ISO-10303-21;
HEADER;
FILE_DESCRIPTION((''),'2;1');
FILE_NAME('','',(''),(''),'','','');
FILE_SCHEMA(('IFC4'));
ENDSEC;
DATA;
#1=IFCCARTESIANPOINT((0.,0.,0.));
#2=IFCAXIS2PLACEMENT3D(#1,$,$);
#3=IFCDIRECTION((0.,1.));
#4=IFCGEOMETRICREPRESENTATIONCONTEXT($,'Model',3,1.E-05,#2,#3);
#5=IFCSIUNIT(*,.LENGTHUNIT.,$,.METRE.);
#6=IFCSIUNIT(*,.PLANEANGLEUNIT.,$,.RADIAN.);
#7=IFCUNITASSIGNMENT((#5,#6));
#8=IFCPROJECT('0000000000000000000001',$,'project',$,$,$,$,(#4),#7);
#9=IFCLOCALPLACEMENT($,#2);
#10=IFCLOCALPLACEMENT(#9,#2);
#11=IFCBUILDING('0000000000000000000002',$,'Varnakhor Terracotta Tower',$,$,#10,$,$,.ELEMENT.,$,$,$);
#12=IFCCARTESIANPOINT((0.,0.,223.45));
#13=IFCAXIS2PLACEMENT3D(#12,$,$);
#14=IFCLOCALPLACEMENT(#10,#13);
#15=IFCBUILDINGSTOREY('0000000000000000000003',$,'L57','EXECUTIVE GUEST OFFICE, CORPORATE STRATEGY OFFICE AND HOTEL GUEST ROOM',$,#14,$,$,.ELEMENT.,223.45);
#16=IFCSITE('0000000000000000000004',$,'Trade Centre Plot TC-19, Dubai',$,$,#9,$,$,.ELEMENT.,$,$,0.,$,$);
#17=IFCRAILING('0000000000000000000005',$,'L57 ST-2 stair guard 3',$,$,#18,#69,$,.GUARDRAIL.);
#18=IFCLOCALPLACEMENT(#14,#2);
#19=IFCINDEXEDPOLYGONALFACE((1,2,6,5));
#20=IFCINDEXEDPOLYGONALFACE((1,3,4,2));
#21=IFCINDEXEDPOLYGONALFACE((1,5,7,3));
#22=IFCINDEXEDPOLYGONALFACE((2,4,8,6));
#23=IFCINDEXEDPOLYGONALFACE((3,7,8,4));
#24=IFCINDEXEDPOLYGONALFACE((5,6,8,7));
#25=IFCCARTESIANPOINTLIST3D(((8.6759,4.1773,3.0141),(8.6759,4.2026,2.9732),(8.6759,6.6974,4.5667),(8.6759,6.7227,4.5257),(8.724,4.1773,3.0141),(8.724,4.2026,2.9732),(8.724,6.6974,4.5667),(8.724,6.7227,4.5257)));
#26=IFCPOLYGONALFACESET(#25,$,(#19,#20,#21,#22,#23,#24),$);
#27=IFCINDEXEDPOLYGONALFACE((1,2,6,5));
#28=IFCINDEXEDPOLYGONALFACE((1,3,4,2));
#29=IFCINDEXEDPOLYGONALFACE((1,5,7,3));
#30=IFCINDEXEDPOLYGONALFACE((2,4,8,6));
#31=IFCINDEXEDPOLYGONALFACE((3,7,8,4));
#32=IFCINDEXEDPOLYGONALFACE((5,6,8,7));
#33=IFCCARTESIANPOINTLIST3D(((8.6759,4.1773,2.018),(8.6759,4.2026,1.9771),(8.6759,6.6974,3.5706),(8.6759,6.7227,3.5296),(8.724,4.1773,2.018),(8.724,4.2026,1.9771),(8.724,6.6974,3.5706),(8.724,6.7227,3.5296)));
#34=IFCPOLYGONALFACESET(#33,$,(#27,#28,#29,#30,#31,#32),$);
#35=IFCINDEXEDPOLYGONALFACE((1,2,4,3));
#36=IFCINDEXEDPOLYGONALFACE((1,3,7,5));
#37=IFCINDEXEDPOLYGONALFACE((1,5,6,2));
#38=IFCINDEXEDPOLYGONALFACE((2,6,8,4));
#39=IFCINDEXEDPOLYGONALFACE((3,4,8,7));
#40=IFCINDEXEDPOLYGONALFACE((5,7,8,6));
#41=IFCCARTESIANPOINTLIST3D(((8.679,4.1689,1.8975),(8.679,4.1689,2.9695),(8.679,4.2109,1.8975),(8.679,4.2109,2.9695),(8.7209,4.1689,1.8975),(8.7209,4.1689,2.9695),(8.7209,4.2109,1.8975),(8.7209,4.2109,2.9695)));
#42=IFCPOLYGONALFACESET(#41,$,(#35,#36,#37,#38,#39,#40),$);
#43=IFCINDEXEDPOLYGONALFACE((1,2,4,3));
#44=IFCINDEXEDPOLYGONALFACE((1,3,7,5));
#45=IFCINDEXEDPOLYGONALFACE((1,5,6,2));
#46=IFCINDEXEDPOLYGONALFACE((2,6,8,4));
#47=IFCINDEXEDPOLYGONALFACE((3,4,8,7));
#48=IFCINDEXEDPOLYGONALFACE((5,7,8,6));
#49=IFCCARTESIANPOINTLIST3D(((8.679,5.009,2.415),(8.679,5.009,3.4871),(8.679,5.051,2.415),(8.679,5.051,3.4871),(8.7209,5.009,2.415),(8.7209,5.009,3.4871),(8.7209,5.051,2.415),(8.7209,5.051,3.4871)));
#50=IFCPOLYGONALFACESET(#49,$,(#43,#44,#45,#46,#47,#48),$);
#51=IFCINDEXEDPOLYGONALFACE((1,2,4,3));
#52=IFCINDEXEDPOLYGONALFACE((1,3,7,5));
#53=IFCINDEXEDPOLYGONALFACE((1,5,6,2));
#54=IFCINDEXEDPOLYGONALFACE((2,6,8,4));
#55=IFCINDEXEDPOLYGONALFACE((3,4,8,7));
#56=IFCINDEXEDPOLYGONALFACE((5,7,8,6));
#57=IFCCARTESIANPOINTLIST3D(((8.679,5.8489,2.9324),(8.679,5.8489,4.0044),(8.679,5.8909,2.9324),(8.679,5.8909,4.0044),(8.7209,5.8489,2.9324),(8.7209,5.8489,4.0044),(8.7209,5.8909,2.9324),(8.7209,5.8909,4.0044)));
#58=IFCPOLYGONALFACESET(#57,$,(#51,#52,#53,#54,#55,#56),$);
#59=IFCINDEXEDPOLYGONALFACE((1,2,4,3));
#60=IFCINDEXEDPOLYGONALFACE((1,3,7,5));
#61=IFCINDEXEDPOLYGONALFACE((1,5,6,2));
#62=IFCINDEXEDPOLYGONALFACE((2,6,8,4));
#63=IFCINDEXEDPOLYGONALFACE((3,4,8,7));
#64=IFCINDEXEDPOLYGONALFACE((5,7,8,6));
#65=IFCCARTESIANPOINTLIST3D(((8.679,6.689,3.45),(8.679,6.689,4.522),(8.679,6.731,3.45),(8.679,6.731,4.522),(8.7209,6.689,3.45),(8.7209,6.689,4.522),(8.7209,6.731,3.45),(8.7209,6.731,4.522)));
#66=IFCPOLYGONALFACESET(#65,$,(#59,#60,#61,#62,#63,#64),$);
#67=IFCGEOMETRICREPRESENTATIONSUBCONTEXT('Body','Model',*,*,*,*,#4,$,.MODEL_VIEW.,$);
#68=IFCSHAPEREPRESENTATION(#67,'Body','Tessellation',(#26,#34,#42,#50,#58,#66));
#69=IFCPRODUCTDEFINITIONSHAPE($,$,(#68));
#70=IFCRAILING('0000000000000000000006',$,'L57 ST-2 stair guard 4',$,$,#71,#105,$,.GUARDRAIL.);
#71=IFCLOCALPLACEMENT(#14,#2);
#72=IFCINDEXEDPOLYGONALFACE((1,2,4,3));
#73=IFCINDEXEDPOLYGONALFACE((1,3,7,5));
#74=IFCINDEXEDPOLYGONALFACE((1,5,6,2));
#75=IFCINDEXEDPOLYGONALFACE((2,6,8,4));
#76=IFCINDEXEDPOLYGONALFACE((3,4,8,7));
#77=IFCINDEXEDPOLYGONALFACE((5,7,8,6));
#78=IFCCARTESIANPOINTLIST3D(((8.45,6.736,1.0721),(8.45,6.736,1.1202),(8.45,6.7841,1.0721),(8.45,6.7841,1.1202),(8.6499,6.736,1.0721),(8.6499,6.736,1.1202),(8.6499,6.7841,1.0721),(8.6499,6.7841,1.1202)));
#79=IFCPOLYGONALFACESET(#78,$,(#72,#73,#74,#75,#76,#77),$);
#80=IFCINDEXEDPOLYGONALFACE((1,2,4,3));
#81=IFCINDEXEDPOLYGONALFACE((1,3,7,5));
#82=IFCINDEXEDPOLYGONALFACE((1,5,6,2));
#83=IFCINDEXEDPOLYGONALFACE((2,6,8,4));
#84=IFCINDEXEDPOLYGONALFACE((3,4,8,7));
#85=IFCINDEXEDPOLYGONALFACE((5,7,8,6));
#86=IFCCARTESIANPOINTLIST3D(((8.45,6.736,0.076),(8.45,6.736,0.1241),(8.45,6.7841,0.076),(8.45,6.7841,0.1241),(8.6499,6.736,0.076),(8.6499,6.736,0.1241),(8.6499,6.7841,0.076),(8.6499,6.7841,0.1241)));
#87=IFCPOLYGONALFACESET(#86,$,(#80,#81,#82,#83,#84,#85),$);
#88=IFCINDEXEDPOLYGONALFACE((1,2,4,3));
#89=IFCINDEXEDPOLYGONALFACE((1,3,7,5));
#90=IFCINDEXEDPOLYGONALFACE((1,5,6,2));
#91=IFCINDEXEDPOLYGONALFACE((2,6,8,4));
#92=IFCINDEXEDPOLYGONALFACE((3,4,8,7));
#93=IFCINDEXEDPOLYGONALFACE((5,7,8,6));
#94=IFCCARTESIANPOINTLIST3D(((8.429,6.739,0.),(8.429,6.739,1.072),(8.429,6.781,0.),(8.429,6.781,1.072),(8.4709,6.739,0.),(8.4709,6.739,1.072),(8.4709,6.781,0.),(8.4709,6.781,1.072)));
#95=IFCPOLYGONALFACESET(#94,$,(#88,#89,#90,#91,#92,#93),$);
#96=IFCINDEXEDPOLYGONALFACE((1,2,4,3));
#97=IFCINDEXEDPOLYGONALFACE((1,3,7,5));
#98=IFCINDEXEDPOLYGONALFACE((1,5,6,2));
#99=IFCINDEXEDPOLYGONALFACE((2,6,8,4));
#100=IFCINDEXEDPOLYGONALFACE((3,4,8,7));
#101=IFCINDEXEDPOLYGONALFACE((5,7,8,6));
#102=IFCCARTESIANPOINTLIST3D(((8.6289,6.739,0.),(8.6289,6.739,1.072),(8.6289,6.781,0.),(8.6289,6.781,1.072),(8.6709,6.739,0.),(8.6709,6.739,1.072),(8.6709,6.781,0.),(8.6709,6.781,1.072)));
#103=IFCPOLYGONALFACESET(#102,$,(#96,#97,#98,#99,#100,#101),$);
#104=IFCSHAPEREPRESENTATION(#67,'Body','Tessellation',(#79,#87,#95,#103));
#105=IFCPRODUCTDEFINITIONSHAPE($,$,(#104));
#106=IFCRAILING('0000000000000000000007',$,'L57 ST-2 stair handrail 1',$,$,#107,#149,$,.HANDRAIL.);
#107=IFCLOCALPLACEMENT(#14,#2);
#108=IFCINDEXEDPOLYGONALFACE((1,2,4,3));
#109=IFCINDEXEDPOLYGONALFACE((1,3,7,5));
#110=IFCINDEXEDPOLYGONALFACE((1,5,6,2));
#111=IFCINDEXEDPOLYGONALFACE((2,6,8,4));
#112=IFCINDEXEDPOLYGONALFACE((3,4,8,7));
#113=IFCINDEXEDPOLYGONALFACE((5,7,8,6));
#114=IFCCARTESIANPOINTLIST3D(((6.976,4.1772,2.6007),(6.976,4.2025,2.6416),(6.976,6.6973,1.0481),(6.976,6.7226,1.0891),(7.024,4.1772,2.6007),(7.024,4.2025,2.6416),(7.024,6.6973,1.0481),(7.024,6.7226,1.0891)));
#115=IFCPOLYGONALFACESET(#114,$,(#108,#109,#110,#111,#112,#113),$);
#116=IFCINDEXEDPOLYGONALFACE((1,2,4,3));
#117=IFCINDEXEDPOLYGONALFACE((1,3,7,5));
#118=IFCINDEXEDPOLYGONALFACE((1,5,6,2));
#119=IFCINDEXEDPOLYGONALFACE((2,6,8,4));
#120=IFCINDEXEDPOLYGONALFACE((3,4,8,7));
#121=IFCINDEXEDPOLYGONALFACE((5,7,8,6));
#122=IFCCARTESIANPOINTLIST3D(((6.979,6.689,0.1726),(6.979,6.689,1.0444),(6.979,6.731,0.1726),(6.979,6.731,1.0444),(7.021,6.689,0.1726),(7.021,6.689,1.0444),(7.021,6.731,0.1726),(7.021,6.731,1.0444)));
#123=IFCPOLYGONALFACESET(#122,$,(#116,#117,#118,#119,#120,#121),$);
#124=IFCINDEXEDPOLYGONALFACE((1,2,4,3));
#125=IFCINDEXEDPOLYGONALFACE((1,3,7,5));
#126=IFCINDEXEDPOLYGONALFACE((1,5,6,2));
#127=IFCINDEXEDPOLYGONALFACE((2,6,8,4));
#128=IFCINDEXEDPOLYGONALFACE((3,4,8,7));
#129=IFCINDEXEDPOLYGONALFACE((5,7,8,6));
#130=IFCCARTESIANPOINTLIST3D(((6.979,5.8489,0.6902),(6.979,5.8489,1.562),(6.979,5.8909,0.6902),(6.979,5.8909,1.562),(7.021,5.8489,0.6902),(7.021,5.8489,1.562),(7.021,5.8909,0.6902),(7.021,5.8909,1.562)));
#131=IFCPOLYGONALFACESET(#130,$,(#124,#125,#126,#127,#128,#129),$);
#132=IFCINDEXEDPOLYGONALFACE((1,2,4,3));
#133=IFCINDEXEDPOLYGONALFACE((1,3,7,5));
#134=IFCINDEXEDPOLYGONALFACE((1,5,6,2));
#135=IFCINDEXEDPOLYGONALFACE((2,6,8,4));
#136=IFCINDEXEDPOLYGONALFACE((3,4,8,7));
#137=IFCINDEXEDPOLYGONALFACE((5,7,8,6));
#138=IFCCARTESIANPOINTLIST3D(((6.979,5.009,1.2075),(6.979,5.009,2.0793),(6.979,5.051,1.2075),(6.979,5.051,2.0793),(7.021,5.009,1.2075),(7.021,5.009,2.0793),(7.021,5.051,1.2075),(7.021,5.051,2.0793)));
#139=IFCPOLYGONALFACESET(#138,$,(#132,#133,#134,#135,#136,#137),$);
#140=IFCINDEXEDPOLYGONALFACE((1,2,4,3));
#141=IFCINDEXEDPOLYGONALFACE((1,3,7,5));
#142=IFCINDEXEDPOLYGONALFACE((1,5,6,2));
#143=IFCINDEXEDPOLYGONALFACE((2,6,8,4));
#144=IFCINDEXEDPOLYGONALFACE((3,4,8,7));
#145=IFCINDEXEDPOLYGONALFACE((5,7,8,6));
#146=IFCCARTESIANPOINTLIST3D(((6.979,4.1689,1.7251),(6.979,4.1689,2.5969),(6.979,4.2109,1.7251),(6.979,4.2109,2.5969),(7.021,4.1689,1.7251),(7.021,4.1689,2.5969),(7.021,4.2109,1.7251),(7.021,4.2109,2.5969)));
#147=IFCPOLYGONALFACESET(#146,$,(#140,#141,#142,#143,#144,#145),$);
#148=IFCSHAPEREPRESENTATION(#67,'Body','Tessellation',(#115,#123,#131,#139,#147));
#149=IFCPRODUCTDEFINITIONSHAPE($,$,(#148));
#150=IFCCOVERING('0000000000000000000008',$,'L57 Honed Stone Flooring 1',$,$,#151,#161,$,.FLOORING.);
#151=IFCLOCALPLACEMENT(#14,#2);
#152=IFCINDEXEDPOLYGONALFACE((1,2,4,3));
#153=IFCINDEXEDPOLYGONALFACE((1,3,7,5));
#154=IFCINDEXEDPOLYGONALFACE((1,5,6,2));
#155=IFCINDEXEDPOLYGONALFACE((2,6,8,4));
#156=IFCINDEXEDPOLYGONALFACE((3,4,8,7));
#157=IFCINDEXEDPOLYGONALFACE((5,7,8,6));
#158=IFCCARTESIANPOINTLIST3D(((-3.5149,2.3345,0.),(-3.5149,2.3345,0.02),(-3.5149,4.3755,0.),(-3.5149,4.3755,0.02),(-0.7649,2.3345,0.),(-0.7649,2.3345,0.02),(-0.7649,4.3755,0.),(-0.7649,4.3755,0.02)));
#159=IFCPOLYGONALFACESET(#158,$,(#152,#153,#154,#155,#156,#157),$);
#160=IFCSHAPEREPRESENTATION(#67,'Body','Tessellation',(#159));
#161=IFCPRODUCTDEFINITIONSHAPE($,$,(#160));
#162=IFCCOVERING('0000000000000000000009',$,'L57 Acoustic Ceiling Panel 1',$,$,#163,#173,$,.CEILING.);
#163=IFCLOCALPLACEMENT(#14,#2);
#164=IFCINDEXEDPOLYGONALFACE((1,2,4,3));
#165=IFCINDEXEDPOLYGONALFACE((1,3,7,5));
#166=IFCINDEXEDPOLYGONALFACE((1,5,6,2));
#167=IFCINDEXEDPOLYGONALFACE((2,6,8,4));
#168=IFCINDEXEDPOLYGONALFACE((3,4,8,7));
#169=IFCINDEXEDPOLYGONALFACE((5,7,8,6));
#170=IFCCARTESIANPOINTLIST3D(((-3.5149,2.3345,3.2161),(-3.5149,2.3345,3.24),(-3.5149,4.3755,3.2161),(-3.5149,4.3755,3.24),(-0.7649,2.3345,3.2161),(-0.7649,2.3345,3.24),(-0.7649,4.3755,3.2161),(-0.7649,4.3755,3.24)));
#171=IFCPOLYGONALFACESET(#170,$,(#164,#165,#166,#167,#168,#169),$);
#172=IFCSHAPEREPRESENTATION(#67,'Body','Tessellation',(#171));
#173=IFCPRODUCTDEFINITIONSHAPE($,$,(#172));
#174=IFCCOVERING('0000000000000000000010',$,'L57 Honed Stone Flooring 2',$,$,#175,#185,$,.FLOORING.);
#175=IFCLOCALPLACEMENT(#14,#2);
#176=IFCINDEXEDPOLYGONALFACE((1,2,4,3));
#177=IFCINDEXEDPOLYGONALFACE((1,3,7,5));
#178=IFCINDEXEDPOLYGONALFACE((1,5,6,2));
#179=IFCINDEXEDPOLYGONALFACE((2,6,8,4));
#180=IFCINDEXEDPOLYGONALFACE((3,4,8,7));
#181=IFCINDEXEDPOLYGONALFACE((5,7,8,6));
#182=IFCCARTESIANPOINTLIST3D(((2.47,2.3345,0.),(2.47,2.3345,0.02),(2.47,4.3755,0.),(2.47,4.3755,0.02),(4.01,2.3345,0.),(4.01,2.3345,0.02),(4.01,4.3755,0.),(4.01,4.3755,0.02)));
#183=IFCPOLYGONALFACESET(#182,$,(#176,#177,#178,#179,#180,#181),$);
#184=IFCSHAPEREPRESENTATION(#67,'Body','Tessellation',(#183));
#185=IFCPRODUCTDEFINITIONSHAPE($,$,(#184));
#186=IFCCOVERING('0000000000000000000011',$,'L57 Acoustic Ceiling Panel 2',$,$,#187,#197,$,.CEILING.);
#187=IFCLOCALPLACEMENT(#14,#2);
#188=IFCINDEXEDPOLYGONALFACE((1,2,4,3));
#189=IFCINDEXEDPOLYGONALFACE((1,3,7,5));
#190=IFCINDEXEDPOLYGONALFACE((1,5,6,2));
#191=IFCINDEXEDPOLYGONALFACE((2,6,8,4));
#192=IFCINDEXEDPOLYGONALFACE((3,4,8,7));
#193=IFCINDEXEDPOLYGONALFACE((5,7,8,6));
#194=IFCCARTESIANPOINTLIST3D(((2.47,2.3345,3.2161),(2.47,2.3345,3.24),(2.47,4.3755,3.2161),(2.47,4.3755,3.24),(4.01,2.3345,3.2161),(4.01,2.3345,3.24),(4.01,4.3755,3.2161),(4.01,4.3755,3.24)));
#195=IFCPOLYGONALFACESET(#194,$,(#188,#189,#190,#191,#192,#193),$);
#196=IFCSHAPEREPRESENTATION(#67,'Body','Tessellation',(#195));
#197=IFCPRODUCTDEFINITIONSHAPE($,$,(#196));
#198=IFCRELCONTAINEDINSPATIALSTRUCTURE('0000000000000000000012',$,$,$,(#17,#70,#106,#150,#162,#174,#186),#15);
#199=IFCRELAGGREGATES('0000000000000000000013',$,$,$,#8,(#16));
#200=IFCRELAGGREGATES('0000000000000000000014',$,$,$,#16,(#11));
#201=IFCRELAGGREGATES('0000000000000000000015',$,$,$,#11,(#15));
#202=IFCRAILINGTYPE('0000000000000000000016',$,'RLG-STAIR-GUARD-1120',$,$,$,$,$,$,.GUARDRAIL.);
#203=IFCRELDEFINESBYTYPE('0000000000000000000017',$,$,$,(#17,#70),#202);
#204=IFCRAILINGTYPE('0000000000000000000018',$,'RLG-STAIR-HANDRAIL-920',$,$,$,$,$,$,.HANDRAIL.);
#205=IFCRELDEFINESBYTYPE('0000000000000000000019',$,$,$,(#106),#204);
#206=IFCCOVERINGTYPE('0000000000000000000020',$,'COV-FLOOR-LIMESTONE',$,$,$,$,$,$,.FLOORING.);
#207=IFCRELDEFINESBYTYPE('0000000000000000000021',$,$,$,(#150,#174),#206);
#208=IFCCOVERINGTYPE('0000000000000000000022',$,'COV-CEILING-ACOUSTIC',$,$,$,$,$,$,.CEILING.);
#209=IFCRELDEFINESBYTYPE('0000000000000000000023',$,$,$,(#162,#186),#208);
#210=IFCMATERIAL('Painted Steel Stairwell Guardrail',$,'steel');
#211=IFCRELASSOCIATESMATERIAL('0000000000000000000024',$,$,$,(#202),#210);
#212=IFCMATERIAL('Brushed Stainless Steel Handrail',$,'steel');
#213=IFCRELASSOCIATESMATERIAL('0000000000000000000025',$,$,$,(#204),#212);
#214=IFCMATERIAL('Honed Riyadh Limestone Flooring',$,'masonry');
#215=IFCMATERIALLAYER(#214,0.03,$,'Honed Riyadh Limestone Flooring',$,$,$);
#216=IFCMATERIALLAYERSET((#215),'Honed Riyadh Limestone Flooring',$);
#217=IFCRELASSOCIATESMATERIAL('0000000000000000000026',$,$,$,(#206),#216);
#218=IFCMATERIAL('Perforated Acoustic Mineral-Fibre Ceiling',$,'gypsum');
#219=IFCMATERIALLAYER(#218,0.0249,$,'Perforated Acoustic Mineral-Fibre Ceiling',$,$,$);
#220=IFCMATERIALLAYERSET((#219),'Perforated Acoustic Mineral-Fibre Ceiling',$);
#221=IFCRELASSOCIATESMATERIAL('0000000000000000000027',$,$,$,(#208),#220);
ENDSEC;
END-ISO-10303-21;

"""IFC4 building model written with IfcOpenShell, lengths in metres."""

from ifc_helpers import new_model, si_unit, direction, frame, origin, origin_2d, place, context, subcontext, project, spatial, rectangle, extrude, source, transform, mapped, material, layer, layer_set, type_object, element, save


model = new_model("IFC4")

# Units and contexts
model_context = context("Model", 3, precision=1e-05, world=origin(), true_north=direction((0.0, 1.0)))
body_context = subcontext(model_context, "Body", "Model", "MODEL_VIEW")
ifc_project = project(units=[si_unit("LENGTHUNIT", "METRE"), si_unit("PLANEANGLEUNIT", "RADIAN")], contexts=[model_context])

# Site, building, storey
site_placement = place(None, origin())
site = spatial("IfcSite", under=ifc_project, at=site_placement, Name="Trade Centre Plot TC-19, Dubai", CompositionType="ELEMENT", RefElevation=0.0)
building_placement = place(site_placement, origin())
building = spatial("IfcBuilding", under=site, at=building_placement, Name="Varnakhor Terracotta Tower", CompositionType="ELEMENT")
storey_placement = place(building_placement, frame((0.0, 0.0, 223.45)))
storey = spatial("IfcBuildingStorey", under=building, at=storey_placement, Name="L57", Description="EXECUTIVE GUEST OFFICE, CORPORATE STRATEGY OFFICE AND HOTEL GUEST ROOM", CompositionType="ELEMENT", Elevation=223.45)

# Railings
ifc_material_1 = material(Name="Painted Steel Stairwell Guardrail", Category="steel")
railing_type_1 = type_object("IfcRailingType", Name="RLG-STAIR-GUARD-1120", PredefinedType="GUARDRAIL", material=ifc_material_1)
railing_1_placement = place(storey_placement, frame((8.7, 4.1899, 1.8975)))
element("IfcRailing", 1, at=railing_1_placement, inside=storey, type_object=railing_type_1, Name="L57 ST-2 stair guard 3", PredefinedType="GUARDRAIL", context=body_context, shape_type="SweptSolid", body=[
    extrude(rectangle(XDim=0.0481, YDim=0.0481, at=origin_2d()), frame((0.0, 0.0, 1.0962), z_axis=(0.0, 0.8514, 0.524516), x_axis=(-1.0, 0.0, 0.0)), (0.0, 0.0, 1.0), 2.96),
    extrude(rectangle(XDim=0.0481, YDim=0.0481, at=origin_2d()), frame((0.0, 0.0, 0.1001), z_axis=(0.0, 0.8514, 0.524516), x_axis=(-1.0, 0.0, 0.0)), (0.0, 0.0, 1.0), 2.96),
    extrude(rectangle(XDim=0.042, YDim=0.042, at=origin_2d()), origin(), (0.0, 0.0, 1.0), 1.072),
    extrude(rectangle(XDim=0.042, YDim=0.042, at=origin_2d()), frame((0.0, 0.8401, 0.5176)), (0.0, 0.0, 1.0), 1.072),
    extrude(rectangle(XDim=0.042, YDim=0.042, at=origin_2d()), frame((0.0, 1.6799, 1.0349)), (0.0, 0.0, 1.0), 1.072),
    extrude(rectangle(XDim=0.042, YDim=0.042, at=origin_2d()), frame((0.0, 2.52, 1.5525)), (0.0, 0.0, 1.0), 1.072),
])
railing_2_placement = place(storey_placement, frame((8.45, 6.76, 0.0)))
element("IfcRailing", 2, at=railing_2_placement, inside=storey, type_object=railing_type_1, Name="L57 ST-2 stair guard 4", PredefinedType="GUARDRAIL", context=body_context, shape_type="SweptSolid", body=[
    extrude(rectangle(XDim=0.0481, YDim=0.0481, at=origin_2d()), frame((0.0, 0.0, 1.0962), z_axis=(1.0, 0.0, 0.0), x_axis=(0.0, 1.0, 0.0)), (0.0, 0.0, 1.0), 0.2),
    extrude(rectangle(XDim=0.0481, YDim=0.0481, at=origin_2d()), frame((0.0, 0.0, 0.1001), z_axis=(1.0, 0.0, 0.0), x_axis=(0.0, 1.0, 0.0)), (0.0, 0.0, 1.0), 0.2),
    extrude(rectangle(XDim=0.042, YDim=0.042, at=origin_2d()), origin(), (0.0, 0.0, 1.0), 1.072),
    extrude(rectangle(XDim=0.042, YDim=0.042, at=origin_2d()), frame((0.2, 0.0, 0.0)), (0.0, 0.0, 1.0), 1.072),
])
ifc_material_2 = material(Name="Brushed Stainless Steel Handrail", Category="steel")
railing_type_2 = type_object("IfcRailingType", Name="RLG-STAIR-HANDRAIL-920", PredefinedType="HANDRAIL", material=ifc_material_2)
railing_3_placement = place(storey_placement, frame((7.0, 6.71, 0.1726)))
element("IfcRailing", 3, at=railing_3_placement, inside=storey, type_object=railing_type_2, Name="L57 ST-2 stair handrail 1", PredefinedType="HANDRAIL", context=body_context, shape_type="SweptSolid", body=[
    extrude(rectangle(XDim=0.0481, YDim=0.0481, at=origin_2d()), frame((0.0, 0.0, 0.896), z_axis=(0.0, -0.8514, 0.524516), x_axis=(1.0, 0.0, 0.0)), (0.0, 0.0, 1.0), 2.96),
    extrude(rectangle(XDim=0.042, YDim=0.042, at=origin_2d()), origin(), (0.0, 0.0, 1.0), 0.8718),
    extrude(rectangle(XDim=0.042, YDim=0.042, at=origin_2d()), frame((0.0, -0.8401, 0.5176)), (0.0, 0.0, 1.0), 0.8718),
    extrude(rectangle(XDim=0.042, YDim=0.042, at=origin_2d()), frame((0.0, -1.6799, 1.0349)), (0.0, 0.0, 1.0), 0.8718),
    extrude(rectangle(XDim=0.042, YDim=0.042, at=origin_2d()), frame((0.0, -2.52, 1.5525)), (0.0, 0.0, 1.0), 0.8718),
])

# Coverings
ifc_material_3 = material(Name="Honed Riyadh Limestone Flooring", Category="masonry")
ifc_layer_1 = layer(ifc_material_3, 0.03, Name="Honed Riyadh Limestone Flooring")
ifc_layer_set_1 = layer_set([ifc_layer_1], Name="Honed Riyadh Limestone Flooring")
covering_type_1 = type_object("IfcCoveringType", Name="COV-FLOOR-LIMESTONE", PredefinedType="FLOORING", material=ifc_layer_set_1)
shared_shape_1 = source(origin(), body_context, "Body", "SweptSolid", [
    extrude(rectangle(XDim=2.75, YDim=2.041, at=origin_2d()), origin(), (0.0, 0.0, 1.0), 0.02),
])
covering_1_placement = place(storey_placement, frame((-2.1399, 3.355, 0.0), z_axis=(0.0, 0.0, 1.0), x_axis=(1.0, 0.0, 0.0)))
element("IfcCovering", 4, at=covering_1_placement, inside=storey, type_object=covering_type_1, Name="L57 Honed Stone Flooring 1", PredefinedType="FLOORING", context=body_context, shape_type="MappedRepresentation", body=[
    mapped(shared_shape_1, transform((0.0, 0.0, 0.0), scale=1.0)),
])
ifc_material_4 = material(Name="Perforated Acoustic Mineral-Fibre Ceiling", Category="gypsum")
ifc_layer_2 = layer(ifc_material_4, 0.0249, Name="Perforated Acoustic Mineral-Fibre Ceiling")
ifc_layer_set_2 = layer_set([ifc_layer_2], Name="Perforated Acoustic Mineral-Fibre Ceiling")
covering_type_2 = type_object("IfcCoveringType", Name="COV-CEILING-ACOUSTIC", PredefinedType="CEILING", material=ifc_layer_set_2)
shared_shape_2 = source(origin(), body_context, "Body", "SweptSolid", [
    extrude(rectangle(XDim=2.75, YDim=2.041, at=origin_2d()), origin(), (0.0, 0.0, 1.0), 0.0239),
])
covering_2_placement = place(storey_placement, frame((-2.1399, 3.355, 3.2161), z_axis=(0.0, 0.0, 1.0), x_axis=(1.0, 0.0, 0.0)))
element("IfcCovering", 5, at=covering_2_placement, inside=storey, type_object=covering_type_2, Name="L57 Acoustic Ceiling Panel 1", PredefinedType="CEILING", context=body_context, shape_type="MappedRepresentation", body=[
    mapped(shared_shape_2, transform((0.0, 0.0, 0.0), scale=1.0)),
])
shared_shape_3 = source(origin(), body_context, "Body", "SweptSolid", [
    extrude(rectangle(XDim=1.54, YDim=2.041, at=origin_2d()), origin(), (0.0, 0.0, 1.0), 0.02),
])
covering_3_placement = place(storey_placement, frame((3.24, 3.355, 0.0), z_axis=(0.0, 0.0, 1.0), x_axis=(1.0, 0.0, 0.0)))
element("IfcCovering", 6, at=covering_3_placement, inside=storey, type_object=covering_type_1, Name="L57 Honed Stone Flooring 2", PredefinedType="FLOORING", context=body_context, shape_type="MappedRepresentation", body=[
    mapped(shared_shape_3, transform((0.0, 0.0, 0.0), scale=1.0)),
])
shared_shape_4 = source(origin(), body_context, "Body", "SweptSolid", [
    extrude(rectangle(XDim=1.54, YDim=2.041, at=origin_2d()), origin(), (0.0, 0.0, 1.0), 0.0239),
])
covering_4_placement = place(storey_placement, frame((3.24, 3.355, 3.2161), z_axis=(0.0, 0.0, 1.0), x_axis=(1.0, 0.0, 0.0)))
element("IfcCovering", 7, at=covering_4_placement, inside=storey, type_object=covering_type_2, Name="L57 Acoustic Ceiling Panel 2", PredefinedType="CEILING", context=body_context, shape_type="MappedRepresentation", body=[
    mapped(shared_shape_4, transform((0.0, 0.0, 0.0), scale=1.0)),
])

save(model, "model.ifc")
